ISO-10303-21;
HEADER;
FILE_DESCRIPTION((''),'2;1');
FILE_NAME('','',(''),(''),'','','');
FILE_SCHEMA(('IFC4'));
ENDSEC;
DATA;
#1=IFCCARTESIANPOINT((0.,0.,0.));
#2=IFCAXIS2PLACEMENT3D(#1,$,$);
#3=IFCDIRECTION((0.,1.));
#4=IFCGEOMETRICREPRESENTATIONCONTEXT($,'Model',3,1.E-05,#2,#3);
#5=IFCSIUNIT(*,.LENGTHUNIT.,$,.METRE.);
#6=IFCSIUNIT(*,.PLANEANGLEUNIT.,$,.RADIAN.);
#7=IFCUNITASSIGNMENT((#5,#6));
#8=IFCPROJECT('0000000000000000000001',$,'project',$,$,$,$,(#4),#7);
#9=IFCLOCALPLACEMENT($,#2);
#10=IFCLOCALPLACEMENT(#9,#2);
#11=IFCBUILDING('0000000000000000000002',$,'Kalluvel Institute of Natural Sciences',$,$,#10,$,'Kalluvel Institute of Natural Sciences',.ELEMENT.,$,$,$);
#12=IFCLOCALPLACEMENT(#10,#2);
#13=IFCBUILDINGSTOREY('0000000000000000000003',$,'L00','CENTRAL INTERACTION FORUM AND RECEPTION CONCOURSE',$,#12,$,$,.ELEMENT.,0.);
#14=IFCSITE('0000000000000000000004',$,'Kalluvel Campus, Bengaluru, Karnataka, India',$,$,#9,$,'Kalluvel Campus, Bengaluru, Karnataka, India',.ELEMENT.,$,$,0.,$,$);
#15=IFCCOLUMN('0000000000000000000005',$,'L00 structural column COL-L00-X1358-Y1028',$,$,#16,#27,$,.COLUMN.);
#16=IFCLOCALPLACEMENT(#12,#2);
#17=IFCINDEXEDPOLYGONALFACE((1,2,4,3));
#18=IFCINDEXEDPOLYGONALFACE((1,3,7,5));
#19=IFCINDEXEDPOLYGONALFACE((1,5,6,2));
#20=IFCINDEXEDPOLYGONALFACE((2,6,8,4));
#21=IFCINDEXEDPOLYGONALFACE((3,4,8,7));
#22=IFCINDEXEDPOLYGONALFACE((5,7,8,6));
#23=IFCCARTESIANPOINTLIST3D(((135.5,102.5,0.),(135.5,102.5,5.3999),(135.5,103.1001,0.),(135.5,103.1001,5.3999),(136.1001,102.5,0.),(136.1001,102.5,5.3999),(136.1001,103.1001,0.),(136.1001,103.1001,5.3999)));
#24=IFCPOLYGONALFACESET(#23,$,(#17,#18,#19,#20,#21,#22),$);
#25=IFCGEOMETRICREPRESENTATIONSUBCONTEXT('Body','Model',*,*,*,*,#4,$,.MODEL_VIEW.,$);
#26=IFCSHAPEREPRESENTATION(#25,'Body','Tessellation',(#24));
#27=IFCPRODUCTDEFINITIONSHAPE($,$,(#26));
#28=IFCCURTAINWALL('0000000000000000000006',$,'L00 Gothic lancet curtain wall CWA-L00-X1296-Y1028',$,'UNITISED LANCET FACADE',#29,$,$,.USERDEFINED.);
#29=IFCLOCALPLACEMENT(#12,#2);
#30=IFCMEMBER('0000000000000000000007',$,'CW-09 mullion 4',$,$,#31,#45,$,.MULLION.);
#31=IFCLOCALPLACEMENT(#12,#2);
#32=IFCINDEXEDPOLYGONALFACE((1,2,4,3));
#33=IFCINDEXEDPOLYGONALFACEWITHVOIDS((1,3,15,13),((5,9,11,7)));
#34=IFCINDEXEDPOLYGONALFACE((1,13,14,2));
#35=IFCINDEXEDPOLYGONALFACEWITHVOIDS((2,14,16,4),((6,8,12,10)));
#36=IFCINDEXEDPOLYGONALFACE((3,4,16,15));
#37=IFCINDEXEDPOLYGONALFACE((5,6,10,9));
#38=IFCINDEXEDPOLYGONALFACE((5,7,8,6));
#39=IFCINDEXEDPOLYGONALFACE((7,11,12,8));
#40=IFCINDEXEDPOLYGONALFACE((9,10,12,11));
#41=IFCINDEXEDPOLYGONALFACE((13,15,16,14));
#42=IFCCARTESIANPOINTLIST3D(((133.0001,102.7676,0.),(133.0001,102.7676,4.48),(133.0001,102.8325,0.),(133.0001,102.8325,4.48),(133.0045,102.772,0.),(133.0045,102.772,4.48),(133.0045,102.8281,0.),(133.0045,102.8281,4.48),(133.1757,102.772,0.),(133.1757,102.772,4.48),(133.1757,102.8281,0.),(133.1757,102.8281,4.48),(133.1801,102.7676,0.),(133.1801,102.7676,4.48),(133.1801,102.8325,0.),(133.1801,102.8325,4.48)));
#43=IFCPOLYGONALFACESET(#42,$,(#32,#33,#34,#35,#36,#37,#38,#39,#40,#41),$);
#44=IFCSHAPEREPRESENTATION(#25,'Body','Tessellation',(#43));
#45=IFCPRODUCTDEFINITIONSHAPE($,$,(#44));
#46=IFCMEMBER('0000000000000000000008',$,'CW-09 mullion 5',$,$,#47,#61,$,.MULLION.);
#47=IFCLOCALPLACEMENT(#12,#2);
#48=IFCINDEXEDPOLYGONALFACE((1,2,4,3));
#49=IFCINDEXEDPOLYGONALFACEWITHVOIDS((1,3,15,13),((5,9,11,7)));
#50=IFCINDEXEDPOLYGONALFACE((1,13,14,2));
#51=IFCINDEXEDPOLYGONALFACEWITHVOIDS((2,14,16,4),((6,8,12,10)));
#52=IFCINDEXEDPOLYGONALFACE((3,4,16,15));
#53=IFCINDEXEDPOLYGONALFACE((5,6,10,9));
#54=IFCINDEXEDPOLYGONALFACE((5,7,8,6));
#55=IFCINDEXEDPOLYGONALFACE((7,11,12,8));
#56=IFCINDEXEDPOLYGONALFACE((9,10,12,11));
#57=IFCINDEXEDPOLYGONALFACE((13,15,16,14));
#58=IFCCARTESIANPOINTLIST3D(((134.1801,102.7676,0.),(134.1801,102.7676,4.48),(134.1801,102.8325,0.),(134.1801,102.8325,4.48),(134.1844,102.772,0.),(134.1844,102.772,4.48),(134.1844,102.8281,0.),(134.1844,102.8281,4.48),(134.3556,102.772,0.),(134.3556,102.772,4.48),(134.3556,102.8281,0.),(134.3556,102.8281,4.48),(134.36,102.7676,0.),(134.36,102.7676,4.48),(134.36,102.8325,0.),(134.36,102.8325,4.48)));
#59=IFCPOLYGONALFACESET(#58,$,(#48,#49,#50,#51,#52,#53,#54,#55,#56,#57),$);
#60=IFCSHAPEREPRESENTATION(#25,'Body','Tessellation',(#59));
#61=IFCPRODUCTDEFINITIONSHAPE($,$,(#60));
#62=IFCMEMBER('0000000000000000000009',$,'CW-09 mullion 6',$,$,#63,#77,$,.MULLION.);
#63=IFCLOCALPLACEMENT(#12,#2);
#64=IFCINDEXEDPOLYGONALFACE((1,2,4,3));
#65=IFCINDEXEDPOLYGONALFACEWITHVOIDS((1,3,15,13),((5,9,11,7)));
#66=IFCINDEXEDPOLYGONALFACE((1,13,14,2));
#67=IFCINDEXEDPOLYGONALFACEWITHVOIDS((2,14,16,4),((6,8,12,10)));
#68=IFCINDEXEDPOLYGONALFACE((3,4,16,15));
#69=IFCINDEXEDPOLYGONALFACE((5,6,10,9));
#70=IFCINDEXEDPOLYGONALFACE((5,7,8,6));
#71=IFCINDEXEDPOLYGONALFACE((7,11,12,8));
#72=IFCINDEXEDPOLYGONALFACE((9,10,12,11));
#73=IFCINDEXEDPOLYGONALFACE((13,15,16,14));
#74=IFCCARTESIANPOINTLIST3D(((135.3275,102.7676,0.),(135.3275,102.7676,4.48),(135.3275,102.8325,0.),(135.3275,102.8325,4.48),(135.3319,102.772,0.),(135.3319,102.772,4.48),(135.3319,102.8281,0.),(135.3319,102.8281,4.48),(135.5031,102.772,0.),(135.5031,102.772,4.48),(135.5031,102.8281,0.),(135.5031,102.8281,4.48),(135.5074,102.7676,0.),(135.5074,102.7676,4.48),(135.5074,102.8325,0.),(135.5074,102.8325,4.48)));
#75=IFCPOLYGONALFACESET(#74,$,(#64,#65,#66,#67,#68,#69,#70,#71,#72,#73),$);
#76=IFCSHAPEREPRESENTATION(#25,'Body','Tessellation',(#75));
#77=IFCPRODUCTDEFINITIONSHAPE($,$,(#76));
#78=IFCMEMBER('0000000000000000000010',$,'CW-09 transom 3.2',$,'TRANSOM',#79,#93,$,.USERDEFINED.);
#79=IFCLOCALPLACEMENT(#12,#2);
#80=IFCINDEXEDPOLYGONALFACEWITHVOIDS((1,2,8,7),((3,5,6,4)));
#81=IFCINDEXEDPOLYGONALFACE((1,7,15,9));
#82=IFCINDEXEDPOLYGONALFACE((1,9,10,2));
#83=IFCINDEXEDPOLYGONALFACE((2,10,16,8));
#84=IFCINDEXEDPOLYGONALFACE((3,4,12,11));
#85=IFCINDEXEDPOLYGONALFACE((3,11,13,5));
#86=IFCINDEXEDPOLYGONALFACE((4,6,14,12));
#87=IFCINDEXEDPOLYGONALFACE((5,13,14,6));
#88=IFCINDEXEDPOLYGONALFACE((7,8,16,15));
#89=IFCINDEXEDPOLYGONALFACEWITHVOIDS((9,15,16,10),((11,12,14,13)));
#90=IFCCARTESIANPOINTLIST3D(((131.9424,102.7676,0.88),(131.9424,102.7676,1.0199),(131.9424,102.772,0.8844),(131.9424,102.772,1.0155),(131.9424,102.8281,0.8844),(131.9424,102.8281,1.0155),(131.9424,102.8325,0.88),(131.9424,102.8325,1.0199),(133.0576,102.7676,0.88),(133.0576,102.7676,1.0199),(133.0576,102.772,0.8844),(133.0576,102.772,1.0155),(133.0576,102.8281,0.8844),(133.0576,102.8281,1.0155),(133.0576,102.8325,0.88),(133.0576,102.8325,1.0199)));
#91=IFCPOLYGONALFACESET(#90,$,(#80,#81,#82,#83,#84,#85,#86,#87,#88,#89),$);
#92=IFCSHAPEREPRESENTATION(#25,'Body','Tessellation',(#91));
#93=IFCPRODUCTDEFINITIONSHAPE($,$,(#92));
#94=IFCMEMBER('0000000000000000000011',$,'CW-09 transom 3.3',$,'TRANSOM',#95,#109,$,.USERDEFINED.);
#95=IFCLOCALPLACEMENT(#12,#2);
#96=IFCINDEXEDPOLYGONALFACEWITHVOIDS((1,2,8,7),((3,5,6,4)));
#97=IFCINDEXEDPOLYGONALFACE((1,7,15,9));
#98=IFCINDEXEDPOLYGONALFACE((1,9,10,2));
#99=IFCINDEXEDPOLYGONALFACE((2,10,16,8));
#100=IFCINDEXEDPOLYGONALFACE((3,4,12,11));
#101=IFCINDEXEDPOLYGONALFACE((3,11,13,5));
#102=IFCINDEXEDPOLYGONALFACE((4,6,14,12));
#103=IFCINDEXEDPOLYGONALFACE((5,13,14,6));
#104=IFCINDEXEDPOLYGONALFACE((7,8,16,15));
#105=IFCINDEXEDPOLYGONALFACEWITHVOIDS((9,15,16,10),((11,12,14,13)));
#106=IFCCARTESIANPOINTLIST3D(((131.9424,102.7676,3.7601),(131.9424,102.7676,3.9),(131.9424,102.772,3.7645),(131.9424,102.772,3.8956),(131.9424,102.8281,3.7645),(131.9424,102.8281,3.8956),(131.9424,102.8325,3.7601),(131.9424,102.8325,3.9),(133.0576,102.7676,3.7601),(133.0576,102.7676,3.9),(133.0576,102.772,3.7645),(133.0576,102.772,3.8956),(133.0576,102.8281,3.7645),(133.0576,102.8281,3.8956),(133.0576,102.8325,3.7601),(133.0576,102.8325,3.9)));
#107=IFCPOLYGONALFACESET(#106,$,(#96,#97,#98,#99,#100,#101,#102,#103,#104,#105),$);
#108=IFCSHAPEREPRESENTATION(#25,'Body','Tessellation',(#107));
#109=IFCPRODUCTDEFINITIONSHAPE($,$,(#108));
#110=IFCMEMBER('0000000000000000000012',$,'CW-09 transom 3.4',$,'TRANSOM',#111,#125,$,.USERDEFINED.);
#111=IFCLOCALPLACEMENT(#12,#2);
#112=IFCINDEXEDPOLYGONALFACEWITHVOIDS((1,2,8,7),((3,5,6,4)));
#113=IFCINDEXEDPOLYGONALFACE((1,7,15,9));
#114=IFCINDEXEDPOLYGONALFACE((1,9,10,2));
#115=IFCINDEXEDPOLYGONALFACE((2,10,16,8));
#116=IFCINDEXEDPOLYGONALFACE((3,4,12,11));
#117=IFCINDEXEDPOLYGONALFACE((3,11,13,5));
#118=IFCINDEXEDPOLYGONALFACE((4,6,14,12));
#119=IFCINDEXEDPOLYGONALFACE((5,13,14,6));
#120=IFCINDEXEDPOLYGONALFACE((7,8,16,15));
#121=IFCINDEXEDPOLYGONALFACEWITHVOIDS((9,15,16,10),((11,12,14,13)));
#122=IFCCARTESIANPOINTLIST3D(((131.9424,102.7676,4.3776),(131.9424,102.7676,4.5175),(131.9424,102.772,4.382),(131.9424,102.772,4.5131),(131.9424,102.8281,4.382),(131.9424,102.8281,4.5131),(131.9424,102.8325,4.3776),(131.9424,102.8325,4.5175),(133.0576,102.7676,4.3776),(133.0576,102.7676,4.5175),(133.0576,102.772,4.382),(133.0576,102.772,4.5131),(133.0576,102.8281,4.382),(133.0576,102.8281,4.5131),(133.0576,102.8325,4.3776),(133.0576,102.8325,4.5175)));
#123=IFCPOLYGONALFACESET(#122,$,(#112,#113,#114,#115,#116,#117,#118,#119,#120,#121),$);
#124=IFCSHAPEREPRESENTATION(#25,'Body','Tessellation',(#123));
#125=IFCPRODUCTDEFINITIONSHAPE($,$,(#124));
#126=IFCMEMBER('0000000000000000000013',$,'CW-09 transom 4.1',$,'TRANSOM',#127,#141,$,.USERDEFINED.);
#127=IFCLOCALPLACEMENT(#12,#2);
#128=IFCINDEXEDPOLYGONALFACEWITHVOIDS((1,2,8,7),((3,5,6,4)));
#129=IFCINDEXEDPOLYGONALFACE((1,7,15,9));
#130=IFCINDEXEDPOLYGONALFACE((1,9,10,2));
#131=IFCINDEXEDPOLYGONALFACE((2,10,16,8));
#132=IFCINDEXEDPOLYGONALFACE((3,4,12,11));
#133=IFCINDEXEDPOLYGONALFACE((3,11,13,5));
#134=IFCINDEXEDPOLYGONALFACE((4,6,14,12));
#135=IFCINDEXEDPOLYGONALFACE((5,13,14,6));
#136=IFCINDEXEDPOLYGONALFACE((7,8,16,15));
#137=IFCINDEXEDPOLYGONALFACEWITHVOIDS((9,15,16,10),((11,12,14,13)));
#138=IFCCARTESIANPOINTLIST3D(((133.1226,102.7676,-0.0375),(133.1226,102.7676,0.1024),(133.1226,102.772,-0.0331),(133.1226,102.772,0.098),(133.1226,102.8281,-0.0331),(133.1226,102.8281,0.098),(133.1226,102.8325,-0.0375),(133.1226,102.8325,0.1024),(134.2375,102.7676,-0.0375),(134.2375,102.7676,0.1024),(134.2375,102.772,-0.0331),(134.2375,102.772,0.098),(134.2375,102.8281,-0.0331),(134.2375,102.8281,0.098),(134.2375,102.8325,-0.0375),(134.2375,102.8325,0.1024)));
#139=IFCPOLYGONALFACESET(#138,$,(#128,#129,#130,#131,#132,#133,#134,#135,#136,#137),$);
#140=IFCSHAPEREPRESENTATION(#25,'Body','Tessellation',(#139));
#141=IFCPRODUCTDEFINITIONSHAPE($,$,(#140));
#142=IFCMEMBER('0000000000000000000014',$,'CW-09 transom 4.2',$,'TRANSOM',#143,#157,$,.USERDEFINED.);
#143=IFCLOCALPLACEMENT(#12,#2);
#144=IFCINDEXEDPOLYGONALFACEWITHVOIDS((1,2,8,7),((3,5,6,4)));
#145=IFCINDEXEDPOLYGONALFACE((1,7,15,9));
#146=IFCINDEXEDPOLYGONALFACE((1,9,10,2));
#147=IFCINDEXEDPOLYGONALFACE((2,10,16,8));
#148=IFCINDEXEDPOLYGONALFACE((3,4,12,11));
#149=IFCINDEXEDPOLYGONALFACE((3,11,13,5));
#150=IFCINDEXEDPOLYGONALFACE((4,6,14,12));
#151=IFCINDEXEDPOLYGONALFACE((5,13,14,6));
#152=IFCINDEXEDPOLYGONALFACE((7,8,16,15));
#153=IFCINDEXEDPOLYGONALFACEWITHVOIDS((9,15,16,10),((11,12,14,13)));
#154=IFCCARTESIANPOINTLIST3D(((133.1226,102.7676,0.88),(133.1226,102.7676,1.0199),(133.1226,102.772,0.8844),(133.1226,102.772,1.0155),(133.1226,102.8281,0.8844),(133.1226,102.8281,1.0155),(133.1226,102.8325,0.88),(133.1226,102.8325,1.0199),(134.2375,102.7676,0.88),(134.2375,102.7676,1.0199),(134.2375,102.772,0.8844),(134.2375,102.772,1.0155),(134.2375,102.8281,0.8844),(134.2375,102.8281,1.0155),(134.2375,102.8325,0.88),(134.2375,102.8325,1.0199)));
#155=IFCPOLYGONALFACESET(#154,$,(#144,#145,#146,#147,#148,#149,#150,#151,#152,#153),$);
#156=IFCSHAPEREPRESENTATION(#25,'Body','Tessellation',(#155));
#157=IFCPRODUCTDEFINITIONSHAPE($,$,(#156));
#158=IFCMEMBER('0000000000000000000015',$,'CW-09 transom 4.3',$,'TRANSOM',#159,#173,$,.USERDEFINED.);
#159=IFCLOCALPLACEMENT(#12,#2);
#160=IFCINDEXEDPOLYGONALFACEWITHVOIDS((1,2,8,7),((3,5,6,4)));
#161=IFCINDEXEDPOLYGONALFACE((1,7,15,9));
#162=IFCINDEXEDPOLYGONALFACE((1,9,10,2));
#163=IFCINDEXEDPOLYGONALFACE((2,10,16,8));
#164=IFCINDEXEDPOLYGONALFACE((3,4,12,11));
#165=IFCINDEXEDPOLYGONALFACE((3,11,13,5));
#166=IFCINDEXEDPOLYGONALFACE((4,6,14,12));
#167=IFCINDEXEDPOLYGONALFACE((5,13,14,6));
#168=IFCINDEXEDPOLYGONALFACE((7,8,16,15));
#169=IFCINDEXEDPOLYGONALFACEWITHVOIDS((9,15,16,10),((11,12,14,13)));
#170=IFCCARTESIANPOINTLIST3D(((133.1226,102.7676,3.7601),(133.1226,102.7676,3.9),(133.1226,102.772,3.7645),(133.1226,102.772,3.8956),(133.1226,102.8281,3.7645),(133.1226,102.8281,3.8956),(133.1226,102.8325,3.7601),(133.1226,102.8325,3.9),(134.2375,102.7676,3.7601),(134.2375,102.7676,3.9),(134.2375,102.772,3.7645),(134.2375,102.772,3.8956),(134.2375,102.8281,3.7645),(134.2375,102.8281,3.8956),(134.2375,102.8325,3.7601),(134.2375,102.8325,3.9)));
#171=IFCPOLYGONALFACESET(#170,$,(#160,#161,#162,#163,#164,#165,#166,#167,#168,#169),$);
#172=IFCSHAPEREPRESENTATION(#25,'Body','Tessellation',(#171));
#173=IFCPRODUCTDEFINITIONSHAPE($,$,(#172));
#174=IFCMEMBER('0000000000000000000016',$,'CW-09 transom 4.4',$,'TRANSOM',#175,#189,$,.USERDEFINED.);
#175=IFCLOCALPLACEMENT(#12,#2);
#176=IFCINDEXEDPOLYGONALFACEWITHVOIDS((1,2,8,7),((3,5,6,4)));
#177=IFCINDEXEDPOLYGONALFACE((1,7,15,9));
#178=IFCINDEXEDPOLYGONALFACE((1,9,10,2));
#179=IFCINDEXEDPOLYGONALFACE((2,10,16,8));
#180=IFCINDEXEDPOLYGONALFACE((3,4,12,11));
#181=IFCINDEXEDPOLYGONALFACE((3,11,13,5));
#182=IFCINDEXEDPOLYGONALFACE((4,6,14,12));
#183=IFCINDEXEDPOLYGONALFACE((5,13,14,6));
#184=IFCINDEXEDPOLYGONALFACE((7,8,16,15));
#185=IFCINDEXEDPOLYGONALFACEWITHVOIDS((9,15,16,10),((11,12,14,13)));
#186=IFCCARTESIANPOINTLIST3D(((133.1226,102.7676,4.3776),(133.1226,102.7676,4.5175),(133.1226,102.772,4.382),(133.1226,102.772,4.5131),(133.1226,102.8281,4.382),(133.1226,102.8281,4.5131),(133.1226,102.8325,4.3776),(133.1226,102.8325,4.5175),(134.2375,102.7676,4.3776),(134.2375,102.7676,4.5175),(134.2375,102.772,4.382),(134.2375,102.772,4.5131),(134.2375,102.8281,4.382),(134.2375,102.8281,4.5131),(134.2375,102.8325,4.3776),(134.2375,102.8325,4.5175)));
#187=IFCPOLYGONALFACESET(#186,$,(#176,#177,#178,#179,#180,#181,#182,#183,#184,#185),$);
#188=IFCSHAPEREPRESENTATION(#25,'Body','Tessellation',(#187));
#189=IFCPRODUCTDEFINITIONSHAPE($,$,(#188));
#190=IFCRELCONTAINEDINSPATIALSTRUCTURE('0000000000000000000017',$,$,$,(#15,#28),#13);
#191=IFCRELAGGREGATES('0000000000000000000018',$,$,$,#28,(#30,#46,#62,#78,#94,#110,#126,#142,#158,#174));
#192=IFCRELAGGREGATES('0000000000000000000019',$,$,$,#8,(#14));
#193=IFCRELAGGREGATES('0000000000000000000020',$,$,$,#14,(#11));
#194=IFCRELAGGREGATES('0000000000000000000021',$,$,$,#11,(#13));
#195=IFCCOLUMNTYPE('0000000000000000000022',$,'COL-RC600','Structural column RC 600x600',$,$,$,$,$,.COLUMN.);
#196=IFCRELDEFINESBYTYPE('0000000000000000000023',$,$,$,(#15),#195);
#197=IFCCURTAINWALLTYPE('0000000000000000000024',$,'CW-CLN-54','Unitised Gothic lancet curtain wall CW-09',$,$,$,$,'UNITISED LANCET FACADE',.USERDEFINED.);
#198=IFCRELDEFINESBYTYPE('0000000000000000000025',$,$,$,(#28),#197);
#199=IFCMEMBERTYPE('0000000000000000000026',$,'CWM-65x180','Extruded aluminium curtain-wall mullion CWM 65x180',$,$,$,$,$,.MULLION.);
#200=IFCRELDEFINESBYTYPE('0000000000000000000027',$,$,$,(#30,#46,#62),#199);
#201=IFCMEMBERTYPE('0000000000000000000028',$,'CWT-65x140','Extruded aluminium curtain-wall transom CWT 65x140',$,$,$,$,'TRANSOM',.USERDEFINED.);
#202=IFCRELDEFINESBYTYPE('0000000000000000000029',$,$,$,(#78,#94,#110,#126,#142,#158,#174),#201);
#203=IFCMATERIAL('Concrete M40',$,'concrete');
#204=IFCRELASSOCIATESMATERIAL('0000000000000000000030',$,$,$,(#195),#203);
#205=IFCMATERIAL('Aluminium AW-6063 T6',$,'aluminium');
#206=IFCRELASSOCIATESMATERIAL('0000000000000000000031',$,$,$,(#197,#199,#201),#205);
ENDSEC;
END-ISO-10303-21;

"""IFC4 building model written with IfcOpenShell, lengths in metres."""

from ifc_helpers import new_model, si_unit, direction, frame, origin, origin_2d, place, context, subcontext, project, spatial, rectangle, hollow_rectangle, extrude, material, material_profile, profile_set, type_object, element, aggregate, save


model = new_model("IFC4")

# Units and contexts
model_context = context("Model", 3, precision=1e-05, world=origin(), true_north=direction((0.0, 1.0)))
body_context = subcontext(model_context, "Body", "Model", "MODEL_VIEW")
ifc_project = project(units=[si_unit("LENGTHUNIT", "METRE"), si_unit("PLANEANGLEUNIT", "RADIAN")], contexts=[model_context])

# Site, building, storey
site_placement = place(None, origin())
site = spatial("IfcSite", under=ifc_project, at=site_placement, Name="Kalluvel Campus, Bengaluru, Karnataka, India", LongName="Kalluvel Campus, Bengaluru, Karnataka, India", CompositionType="ELEMENT", RefElevation=0.0)
building_placement = place(site_placement, origin())
building = spatial("IfcBuilding", under=site, at=building_placement, Name="Kalluvel Institute of Natural Sciences", LongName="Kalluvel Institute of Natural Sciences", CompositionType="ELEMENT")
storey_placement = place(building_placement, origin())
storey = spatial("IfcBuildingStorey", under=building, at=storey_placement, Name="L00", Description="CENTRAL INTERACTION FORUM AND RECEPTION CONCOURSE", CompositionType="ELEMENT", Elevation=0.0)

# Column
ifc_material_1 = material(Name="Concrete M40", Category="concrete")
ifc_material_profile_1 = material_profile(ifc_material_1, rectangle(XDim=0.6001, YDim=0.6001, at=origin_2d()), Name="RC 600x600")
ifc_profile_set_1 = profile_set([ifc_material_profile_1], Name="Concrete M40")
column_type = type_object("IfcColumnType", Name="COL-RC600", Description="Structural column RC 600x600", PredefinedType="COLUMN", material=ifc_profile_set_1)
column_placement = place(storey_placement, frame((135.8, 102.8, 0.0), z_axis=(0.0, 0.0, 1.0), x_axis=(1.0, 0.0, 0.0)))
element("IfcColumn", 1, at=column_placement, inside=storey, type_object=column_type, Name="L00 structural column COL-L00-X1358-Y1028", PredefinedType="COLUMN", context=body_context, shape_type="SweptSolid", body=[
    extrude(rectangle(XDim=0.6001, YDim=0.6001, at=origin_2d()), origin(), (0.0, 0.0, 1.0), 5.3999),
])

# Curtain wall, members
ifc_material_2 = material(Name="Aluminium AW-6063 T6", Category="aluminium")
curtain_wall_type = type_object("IfcCurtainWallType", Name="CW-CLN-54", Description="Unitised Gothic lancet curtain wall CW-09", ElementType="UNITISED LANCET FACADE", PredefinedType="USERDEFINED", material=ifc_material_2)
curtain_wall_placement = place(storey_placement, origin())
curtain_wall = element("IfcCurtainWall", 2, at=curtain_wall_placement, inside=storey, type_object=curtain_wall_type, Name="L00 Gothic lancet curtain wall CWA-L00-X1296-Y1028", ObjectType="UNITISED LANCET FACADE", PredefinedType="USERDEFINED")
ifc_material_profile_2 = material_profile(ifc_material_2, hollow_rectangle(XDim=0.0649, YDim=0.1799, WallThickness=0.0044, at=origin_2d()), Name="CWM 65x180")
ifc_profile_set_2 = profile_set([ifc_material_profile_2], Name="Aluminium AW-6063 T6")
member_type_1 = type_object("IfcMemberType", Name="CWM-65x180", Description="Extruded aluminium curtain-wall mullion CWM 65x180", PredefinedType="MULLION", material=ifc_profile_set_2)
member_1_placement = place(storey_placement, frame((133.0901, 102.8, 0.0), z_axis=(0.0, 0.0, 1.0), x_axis=(0.0, 1.0, 0.0)))
member_1 = element("IfcMember", 3, at=member_1_placement, type_object=member_type_1, Name="CW-09 mullion 4", PredefinedType="MULLION", context=body_context, shape_type="SweptSolid", body=[
    extrude(hollow_rectangle(XDim=0.0649, YDim=0.1799, WallThickness=0.0044, at=origin_2d()), origin(), (0.0, 0.0, 1.0), 4.48),
])
member_2_placement = place(storey_placement, frame((134.27, 102.8, 0.0), z_axis=(0.0, 0.0, 1.0), x_axis=(0.0, 1.0, 0.0)))
member_2 = element("IfcMember", 4, at=member_2_placement, type_object=member_type_1, Name="CW-09 mullion 5", PredefinedType="MULLION", context=body_context, shape_type="SweptSolid", body=[
    extrude(hollow_rectangle(XDim=0.0649, YDim=0.1799, WallThickness=0.0044, at=origin_2d()), origin(), (0.0, 0.0, 1.0), 4.48),
])
member_3_placement = place(storey_placement, frame((135.4175, 102.8, 0.0), z_axis=(0.0, 0.0, 1.0), x_axis=(0.0, 1.0, 0.0)))
member_3 = element("IfcMember", 5, at=member_3_placement, type_object=member_type_1, Name="CW-09 mullion 6", PredefinedType="MULLION", context=body_context, shape_type="SweptSolid", body=[
    extrude(hollow_rectangle(XDim=0.0649, YDim=0.1799, WallThickness=0.0044, at=origin_2d()), origin(), (0.0, 0.0, 1.0), 4.48),
])
ifc_material_profile_3 = material_profile(ifc_material_2, hollow_rectangle(XDim=0.0649, YDim=0.1399, WallThickness=0.0044, at=origin_2d()), Name="CWT 65x140")
ifc_profile_set_3 = profile_set([ifc_material_profile_3], Name="Aluminium AW-6063 T6")
member_type_2 = type_object("IfcMemberType", Name="CWT-65x140", Description="Extruded aluminium curtain-wall transom CWT 65x140", ElementType="TRANSOM", PredefinedType="USERDEFINED", material=ifc_profile_set_3)
member_4_placement = place(storey_placement, frame((131.9424, 102.8, 0.95), z_axis=(1.0, 0.0, 0.0), x_axis=(0.0, 1.0, 0.0)))
member_4 = element("IfcMember", 6, at=member_4_placement, type_object=member_type_2, Name="CW-09 transom 3.2", ObjectType="TRANSOM", PredefinedType="USERDEFINED", context=body_context, shape_type="SweptSolid", body=[
    extrude(hollow_rectangle(XDim=0.0649, YDim=0.1399, WallThickness=0.0044, at=origin_2d()), origin(), (0.0, 0.0, 1.0), 1.1152),
])
member_5_placement = place(storey_placement, frame((131.9424, 102.8, 3.8301), z_axis=(1.0, 0.0, 0.0), x_axis=(0.0, 1.0, 0.0)))
member_5 = element("IfcMember", 7, at=member_5_placement, type_object=member_type_2, Name="CW-09 transom 3.3", ObjectType="TRANSOM", PredefinedType="USERDEFINED", context=body_context, shape_type="SweptSolid", body=[
    extrude(hollow_rectangle(XDim=0.0649, YDim=0.1399, WallThickness=0.0044, at=origin_2d()), origin(), (0.0, 0.0, 1.0), 1.1152),
])
member_6_placement = place(storey_placement, frame((131.9424, 102.8, 4.4475), z_axis=(1.0, 0.0, 0.0), x_axis=(0.0, 1.0, 0.0)))
member_6 = element("IfcMember", 8, at=member_6_placement, type_object=member_type_2, Name="CW-09 transom 3.4", ObjectType="TRANSOM", PredefinedType="USERDEFINED", context=body_context, shape_type="SweptSolid", body=[
    extrude(hollow_rectangle(XDim=0.0649, YDim=0.1399, WallThickness=0.0044, at=origin_2d()), origin(), (0.0, 0.0, 1.0), 1.1152),
])
member_7_placement = place(storey_placement, frame((133.1226, 102.8, 0.0325), z_axis=(1.0, 0.0, 0.0), x_axis=(0.0, 1.0, 0.0)))
member_7 = element("IfcMember", 9, at=member_7_placement, type_object=member_type_2, Name="CW-09 transom 4.1", ObjectType="TRANSOM", PredefinedType="USERDEFINED", context=body_context, shape_type="SweptSolid", body=[
    extrude(hollow_rectangle(XDim=0.0649, YDim=0.1399, WallThickness=0.0044, at=origin_2d()), origin(), (0.0, 0.0, 1.0), 1.115),
])
member_8_placement = place(storey_placement, frame((133.1226, 102.8, 0.95), z_axis=(1.0, 0.0, 0.0), x_axis=(0.0, 1.0, 0.0)))
member_8 = element("IfcMember", 10, at=member_8_placement, type_object=member_type_2, Name="CW-09 transom 4.2", ObjectType="TRANSOM", PredefinedType="USERDEFINED", context=body_context, shape_type="SweptSolid", body=[
    extrude(hollow_rectangle(XDim=0.0649, YDim=0.1399, WallThickness=0.0044, at=origin_2d()), origin(), (0.0, 0.0, 1.0), 1.115),
])
member_9_placement = place(storey_placement, frame((133.1226, 102.8, 3.8301), z_axis=(1.0, 0.0, 0.0), x_axis=(0.0, 1.0, 0.0)))
member_9 = element("IfcMember", 11, at=member_9_placement, type_object=member_type_2, Name="CW-09 transom 4.3", ObjectType="TRANSOM", PredefinedType="USERDEFINED", context=body_context, shape_type="SweptSolid", body=[
    extrude(hollow_rectangle(XDim=0.0649, YDim=0.1399, WallThickness=0.0044, at=origin_2d()), origin(), (0.0, 0.0, 1.0), 1.115),
])
member_10_placement = place(storey_placement, frame((133.1226, 102.8, 4.4475), z_axis=(1.0, 0.0, 0.0), x_axis=(0.0, 1.0, 0.0)))
member_10 = element("IfcMember", 12, at=member_10_placement, type_object=member_type_2, Name="CW-09 transom 4.4", ObjectType="TRANSOM", PredefinedType="USERDEFINED", context=body_context, shape_type="SweptSolid", body=[
    extrude(hollow_rectangle(XDim=0.0649, YDim=0.1399, WallThickness=0.0044, at=origin_2d()), origin(), (0.0, 0.0, 1.0), 1.115),
])
aggregate(curtain_wall, [member_1, member_2, member_3, member_4, member_5, member_6, member_7, member_8, member_9, member_10])

save(model, "model.ifc")
